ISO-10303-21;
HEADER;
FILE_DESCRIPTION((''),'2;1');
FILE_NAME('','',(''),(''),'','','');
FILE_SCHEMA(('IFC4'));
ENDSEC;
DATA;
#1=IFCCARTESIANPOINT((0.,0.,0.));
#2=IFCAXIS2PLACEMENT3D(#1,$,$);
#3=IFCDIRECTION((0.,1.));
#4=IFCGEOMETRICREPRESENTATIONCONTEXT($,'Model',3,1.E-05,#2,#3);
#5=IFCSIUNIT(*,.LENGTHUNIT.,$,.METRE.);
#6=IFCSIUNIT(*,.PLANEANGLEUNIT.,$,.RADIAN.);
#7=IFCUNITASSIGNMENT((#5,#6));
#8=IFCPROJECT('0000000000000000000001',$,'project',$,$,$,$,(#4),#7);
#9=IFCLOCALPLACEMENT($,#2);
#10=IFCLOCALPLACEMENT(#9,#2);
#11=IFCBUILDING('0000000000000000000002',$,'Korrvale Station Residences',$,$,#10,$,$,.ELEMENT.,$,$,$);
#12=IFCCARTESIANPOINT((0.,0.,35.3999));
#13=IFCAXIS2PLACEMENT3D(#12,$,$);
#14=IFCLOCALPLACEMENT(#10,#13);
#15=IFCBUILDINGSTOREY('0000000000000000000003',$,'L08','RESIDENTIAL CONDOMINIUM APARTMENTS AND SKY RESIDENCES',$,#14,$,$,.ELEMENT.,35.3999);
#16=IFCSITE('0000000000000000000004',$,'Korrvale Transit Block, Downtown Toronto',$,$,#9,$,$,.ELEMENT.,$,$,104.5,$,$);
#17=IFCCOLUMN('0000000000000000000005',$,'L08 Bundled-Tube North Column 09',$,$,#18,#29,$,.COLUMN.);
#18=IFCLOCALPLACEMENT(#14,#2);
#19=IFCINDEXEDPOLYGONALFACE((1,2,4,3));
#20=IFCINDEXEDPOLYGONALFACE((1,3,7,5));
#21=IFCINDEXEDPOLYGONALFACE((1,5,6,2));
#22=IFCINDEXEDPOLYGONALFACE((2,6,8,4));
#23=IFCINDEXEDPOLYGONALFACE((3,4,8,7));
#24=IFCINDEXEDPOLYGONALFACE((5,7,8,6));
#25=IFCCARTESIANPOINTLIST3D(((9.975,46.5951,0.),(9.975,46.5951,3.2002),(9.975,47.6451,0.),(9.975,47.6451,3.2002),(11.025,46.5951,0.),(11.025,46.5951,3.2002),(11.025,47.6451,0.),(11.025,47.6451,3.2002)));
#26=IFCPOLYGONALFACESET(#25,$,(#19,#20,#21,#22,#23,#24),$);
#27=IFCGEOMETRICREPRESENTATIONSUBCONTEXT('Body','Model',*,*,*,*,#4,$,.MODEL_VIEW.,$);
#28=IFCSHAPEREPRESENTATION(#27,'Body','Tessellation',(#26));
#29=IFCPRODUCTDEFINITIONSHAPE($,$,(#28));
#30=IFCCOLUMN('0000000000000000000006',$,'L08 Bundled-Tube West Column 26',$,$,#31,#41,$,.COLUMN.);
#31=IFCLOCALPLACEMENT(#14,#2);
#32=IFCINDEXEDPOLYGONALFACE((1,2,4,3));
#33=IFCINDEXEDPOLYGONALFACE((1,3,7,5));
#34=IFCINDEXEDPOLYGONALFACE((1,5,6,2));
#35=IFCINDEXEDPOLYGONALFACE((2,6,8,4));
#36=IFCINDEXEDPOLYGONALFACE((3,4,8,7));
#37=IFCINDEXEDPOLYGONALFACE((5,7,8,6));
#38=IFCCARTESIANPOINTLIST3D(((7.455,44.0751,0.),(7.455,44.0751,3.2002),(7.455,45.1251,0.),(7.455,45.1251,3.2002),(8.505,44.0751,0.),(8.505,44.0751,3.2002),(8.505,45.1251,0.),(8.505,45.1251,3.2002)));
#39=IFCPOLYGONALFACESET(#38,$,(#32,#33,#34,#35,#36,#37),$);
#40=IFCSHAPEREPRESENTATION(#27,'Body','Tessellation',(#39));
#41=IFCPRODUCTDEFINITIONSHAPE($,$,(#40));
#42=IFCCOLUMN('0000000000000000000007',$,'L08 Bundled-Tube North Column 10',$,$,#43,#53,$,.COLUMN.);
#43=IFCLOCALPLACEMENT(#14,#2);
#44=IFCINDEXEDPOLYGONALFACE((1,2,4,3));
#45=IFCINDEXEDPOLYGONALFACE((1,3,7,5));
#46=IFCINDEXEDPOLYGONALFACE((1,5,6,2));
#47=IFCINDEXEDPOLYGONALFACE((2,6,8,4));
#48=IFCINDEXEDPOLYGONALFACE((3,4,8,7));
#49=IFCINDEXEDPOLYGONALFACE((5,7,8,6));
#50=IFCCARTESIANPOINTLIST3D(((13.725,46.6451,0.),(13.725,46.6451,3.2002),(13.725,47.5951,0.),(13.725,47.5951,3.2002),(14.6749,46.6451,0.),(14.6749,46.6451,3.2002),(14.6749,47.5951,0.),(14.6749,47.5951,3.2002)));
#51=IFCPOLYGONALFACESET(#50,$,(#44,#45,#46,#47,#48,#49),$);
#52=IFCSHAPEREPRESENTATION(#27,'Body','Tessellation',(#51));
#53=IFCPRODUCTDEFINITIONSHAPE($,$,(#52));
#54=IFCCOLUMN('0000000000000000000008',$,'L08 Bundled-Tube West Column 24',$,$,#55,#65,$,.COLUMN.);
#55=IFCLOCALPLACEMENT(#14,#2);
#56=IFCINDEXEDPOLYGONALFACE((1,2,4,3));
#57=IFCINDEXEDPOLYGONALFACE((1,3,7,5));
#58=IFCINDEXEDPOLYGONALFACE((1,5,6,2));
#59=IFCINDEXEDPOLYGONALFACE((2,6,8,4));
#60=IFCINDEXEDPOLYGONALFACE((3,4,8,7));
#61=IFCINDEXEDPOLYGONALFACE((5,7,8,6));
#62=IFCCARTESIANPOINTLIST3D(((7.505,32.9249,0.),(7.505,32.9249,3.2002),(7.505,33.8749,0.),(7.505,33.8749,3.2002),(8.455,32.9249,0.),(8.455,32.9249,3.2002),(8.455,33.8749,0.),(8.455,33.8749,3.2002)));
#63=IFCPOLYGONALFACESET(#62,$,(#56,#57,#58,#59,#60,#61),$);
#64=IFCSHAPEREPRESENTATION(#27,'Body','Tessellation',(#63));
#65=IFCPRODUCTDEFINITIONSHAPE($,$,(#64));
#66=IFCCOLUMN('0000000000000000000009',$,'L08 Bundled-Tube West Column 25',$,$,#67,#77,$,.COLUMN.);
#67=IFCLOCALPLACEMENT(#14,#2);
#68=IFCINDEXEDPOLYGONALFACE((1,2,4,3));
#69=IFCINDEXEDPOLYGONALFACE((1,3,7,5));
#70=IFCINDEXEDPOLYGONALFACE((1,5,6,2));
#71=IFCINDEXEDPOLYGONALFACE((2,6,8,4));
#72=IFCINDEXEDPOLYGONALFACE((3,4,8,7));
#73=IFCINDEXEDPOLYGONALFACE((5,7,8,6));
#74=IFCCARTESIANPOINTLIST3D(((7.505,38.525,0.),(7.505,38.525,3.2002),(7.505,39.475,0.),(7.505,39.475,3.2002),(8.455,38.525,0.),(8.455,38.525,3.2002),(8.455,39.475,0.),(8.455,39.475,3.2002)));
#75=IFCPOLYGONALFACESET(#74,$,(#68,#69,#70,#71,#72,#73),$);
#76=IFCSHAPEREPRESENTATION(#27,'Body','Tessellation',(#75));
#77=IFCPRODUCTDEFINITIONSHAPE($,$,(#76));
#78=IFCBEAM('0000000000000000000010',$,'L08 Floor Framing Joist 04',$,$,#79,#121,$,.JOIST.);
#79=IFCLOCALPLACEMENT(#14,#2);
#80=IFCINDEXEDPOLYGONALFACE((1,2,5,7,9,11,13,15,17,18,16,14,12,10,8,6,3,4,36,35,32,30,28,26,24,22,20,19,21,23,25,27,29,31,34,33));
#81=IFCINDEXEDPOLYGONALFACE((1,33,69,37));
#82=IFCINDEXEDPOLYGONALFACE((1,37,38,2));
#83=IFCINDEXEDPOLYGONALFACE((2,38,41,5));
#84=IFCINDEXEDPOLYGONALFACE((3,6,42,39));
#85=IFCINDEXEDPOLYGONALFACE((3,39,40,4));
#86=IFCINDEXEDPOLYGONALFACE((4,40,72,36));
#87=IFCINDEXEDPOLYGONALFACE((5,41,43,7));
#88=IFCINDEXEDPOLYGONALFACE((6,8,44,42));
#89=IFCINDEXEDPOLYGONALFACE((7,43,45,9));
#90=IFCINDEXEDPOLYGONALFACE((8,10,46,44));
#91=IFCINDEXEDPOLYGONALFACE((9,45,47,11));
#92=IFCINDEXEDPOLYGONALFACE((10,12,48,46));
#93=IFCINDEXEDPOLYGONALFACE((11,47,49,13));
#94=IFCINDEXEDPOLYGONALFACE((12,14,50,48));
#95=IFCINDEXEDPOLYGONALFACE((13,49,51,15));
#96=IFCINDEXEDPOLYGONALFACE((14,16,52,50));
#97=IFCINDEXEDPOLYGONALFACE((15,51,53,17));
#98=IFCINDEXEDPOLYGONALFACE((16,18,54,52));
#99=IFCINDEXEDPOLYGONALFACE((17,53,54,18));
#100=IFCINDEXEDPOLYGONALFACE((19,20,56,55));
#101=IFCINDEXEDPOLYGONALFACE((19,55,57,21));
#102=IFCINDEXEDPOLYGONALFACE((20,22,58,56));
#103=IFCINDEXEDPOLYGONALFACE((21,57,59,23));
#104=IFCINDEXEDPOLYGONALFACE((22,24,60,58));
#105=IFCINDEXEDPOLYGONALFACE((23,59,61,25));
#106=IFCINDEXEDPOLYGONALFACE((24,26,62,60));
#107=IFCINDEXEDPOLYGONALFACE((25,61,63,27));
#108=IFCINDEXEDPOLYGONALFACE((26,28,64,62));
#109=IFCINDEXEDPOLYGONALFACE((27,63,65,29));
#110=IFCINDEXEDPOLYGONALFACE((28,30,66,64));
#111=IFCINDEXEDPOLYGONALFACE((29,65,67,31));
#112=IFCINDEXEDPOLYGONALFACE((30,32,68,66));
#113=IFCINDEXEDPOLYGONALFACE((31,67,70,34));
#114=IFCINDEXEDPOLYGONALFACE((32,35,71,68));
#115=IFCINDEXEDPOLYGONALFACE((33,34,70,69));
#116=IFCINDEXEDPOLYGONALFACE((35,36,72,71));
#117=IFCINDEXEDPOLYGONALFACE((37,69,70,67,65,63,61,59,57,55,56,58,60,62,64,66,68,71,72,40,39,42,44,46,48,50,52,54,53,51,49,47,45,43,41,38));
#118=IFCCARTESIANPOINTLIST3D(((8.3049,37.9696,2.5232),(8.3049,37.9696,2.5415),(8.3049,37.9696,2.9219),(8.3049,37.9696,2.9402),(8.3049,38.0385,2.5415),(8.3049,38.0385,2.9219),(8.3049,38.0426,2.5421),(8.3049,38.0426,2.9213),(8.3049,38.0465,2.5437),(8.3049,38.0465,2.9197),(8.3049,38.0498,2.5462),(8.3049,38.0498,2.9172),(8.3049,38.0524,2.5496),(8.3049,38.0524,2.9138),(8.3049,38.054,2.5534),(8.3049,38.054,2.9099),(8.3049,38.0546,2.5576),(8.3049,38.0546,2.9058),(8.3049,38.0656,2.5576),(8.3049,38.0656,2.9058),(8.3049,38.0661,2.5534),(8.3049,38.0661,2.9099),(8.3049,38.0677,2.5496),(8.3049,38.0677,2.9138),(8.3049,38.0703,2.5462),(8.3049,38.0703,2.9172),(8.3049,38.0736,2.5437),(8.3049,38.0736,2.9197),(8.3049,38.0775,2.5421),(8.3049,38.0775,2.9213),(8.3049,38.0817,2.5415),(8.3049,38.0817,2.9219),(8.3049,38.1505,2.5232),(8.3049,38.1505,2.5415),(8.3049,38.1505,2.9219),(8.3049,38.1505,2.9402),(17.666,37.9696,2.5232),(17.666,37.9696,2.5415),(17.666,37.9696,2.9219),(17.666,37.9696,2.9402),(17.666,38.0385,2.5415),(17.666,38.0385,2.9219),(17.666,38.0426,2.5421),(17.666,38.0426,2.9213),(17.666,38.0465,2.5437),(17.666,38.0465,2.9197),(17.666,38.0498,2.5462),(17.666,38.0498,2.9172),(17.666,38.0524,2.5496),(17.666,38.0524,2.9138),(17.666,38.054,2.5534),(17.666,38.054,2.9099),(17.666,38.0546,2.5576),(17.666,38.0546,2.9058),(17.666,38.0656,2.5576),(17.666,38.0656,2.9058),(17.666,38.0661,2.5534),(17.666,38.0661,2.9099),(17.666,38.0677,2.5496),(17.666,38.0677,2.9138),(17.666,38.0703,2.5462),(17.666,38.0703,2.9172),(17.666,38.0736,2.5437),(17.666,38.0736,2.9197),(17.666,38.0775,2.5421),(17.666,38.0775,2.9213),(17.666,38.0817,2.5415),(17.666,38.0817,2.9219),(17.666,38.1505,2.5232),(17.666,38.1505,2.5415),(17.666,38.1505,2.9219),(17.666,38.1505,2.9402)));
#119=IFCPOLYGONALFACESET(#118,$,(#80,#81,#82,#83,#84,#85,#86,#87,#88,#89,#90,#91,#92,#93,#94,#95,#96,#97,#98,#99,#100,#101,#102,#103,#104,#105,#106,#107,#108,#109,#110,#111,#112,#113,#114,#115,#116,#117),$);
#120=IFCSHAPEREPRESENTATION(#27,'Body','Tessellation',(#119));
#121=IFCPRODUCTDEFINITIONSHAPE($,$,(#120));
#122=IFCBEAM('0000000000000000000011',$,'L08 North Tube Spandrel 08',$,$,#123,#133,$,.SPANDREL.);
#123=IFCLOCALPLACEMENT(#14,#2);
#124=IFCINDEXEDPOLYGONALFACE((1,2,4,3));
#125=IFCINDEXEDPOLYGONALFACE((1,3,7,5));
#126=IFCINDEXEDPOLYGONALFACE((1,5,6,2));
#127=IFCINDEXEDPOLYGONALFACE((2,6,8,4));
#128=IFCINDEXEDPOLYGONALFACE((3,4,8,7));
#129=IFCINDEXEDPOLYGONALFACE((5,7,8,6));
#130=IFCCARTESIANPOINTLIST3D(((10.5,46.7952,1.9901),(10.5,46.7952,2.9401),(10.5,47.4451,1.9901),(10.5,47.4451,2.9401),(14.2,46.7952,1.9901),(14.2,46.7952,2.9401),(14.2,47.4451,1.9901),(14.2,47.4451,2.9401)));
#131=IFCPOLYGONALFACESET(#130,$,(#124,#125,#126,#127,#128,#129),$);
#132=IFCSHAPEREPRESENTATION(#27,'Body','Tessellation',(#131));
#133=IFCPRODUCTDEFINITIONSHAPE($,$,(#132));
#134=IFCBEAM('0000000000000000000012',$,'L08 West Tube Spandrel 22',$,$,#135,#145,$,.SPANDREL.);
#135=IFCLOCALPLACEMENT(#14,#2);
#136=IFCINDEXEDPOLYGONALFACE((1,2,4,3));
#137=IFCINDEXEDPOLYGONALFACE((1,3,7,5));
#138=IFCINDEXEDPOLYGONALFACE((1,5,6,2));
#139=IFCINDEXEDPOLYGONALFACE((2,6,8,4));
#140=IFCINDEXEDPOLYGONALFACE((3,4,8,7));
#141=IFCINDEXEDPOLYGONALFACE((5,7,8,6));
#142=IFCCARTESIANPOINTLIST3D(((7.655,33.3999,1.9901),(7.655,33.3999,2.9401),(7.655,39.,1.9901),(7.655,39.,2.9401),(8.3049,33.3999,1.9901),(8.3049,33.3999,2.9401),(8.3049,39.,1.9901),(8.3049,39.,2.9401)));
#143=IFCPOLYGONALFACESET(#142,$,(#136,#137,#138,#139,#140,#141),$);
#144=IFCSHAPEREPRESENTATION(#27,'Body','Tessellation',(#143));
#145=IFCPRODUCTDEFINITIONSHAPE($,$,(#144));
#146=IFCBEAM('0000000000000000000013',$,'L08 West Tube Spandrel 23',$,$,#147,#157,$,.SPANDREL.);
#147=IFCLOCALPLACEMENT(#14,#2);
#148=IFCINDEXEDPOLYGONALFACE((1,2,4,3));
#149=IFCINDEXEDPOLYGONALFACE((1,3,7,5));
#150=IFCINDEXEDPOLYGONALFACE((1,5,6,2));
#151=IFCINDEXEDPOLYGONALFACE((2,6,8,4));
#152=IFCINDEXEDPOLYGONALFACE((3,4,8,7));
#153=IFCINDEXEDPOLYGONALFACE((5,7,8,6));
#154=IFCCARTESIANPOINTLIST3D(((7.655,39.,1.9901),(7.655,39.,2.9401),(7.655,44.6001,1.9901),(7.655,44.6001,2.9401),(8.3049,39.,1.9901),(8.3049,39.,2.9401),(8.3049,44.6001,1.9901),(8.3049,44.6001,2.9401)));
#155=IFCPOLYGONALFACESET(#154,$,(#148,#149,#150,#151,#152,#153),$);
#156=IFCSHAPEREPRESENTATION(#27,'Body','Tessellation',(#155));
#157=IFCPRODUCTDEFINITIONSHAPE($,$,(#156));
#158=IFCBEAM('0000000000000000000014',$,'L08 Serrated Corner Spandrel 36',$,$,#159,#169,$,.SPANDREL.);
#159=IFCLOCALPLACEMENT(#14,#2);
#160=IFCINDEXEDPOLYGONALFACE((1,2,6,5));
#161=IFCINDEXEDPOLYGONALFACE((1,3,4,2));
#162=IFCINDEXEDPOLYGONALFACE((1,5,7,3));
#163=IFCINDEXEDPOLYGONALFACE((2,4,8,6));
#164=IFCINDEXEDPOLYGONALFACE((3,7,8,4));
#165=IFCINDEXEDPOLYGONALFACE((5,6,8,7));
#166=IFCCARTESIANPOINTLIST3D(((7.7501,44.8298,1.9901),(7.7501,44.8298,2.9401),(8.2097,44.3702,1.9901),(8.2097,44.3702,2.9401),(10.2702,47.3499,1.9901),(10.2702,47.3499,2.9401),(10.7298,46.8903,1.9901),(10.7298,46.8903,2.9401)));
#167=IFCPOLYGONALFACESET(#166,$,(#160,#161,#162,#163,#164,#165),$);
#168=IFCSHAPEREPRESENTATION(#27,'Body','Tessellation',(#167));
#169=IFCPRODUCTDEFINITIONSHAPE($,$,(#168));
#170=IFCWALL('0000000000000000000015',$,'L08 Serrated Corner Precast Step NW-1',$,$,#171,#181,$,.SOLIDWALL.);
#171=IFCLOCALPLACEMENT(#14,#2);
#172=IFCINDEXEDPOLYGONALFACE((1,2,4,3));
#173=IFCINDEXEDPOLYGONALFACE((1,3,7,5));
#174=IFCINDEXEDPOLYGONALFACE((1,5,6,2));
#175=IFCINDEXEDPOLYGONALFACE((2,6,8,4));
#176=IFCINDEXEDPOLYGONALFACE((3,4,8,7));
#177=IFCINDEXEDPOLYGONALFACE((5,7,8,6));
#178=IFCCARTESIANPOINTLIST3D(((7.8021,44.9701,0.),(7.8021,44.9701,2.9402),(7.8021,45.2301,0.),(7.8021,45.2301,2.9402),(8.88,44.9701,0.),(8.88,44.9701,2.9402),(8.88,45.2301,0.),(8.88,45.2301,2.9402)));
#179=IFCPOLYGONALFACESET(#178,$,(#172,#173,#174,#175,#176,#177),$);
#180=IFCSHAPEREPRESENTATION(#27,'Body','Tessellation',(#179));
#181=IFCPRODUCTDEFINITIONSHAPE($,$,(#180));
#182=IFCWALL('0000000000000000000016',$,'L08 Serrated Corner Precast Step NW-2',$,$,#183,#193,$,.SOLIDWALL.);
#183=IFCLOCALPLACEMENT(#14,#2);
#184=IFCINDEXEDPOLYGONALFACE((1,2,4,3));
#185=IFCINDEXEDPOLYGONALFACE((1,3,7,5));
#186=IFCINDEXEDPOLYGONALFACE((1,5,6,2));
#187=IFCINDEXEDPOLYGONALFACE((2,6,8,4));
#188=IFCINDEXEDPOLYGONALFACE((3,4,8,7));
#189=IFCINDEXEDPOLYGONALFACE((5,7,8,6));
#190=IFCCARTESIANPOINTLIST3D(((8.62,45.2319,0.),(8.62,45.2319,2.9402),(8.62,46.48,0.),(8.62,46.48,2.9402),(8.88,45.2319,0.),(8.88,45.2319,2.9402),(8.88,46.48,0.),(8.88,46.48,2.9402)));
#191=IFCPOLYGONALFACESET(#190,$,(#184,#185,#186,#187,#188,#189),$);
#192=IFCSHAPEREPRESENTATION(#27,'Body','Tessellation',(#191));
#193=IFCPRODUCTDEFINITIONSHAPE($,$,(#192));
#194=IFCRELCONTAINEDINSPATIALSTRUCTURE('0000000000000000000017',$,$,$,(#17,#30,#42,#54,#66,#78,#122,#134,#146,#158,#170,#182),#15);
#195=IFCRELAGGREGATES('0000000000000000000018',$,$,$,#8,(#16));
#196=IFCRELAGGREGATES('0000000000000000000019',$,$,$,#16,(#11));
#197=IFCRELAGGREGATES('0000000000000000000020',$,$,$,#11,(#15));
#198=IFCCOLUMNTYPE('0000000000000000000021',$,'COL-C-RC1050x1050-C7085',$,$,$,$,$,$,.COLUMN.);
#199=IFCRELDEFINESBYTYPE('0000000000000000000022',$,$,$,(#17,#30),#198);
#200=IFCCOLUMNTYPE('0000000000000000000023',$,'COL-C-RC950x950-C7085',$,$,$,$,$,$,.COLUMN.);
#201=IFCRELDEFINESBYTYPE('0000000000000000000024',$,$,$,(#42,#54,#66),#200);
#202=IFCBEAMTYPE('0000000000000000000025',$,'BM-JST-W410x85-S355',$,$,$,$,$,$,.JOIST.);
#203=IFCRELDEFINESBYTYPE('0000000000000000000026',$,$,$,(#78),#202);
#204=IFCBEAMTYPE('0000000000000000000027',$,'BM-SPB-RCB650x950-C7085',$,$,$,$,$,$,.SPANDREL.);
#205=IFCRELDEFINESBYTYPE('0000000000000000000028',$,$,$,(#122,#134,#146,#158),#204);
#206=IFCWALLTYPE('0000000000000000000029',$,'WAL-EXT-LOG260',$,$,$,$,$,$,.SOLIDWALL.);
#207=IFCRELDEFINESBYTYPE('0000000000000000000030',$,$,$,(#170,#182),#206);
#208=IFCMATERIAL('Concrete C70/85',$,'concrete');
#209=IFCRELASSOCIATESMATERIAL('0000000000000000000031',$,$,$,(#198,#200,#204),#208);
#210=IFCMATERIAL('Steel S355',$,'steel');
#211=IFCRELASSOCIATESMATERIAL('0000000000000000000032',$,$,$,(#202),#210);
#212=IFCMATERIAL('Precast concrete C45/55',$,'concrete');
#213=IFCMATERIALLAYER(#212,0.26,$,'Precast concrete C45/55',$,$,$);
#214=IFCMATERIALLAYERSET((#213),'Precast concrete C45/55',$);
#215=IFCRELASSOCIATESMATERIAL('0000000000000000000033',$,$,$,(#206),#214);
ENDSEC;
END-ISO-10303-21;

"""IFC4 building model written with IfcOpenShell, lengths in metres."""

from ifc_helpers import new_model, si_unit, direction, frame, frame_2d, origin, origin_2d, place, context, subcontext, project, spatial, rectangle, i_section, extrude, material, layer, layer_set, material_profile, profile_set, type_object, element, save


model = new_model("IFC4")

# Units and contexts
model_context = context("Model", 3, precision=1e-05, world=origin(), true_north=direction((0.0, 1.0)))
body_context = subcontext(model_context, "Body", "Model", "MODEL_VIEW")
ifc_project = project(units=[si_unit("LENGTHUNIT", "METRE"), si_unit("PLANEANGLEUNIT", "RADIAN")], contexts=[model_context])

# Site, building, storey
site_placement = place(None, origin())
site = spatial("IfcSite", under=ifc_project, at=site_placement, Name="Korrvale Transit Block, Downtown Toronto", CompositionType="ELEMENT", RefElevation=104.5)
building_placement = place(site_placement, origin())
building = spatial("IfcBuilding", under=site, at=building_placement, Name="Korrvale Station Residences", CompositionType="ELEMENT")
storey_placement = place(building_placement, frame((0.0, 0.0, 35.3999)))
storey = spatial("IfcBuildingStorey", under=building, at=storey_placement, Name="L08", Description="RESIDENTIAL CONDOMINIUM APARTMENTS AND SKY RESIDENCES", CompositionType="ELEMENT", Elevation=35.3999)

# Columns
ifc_material_1 = material(Name="Concrete C70/85", Category="concrete")
ifc_material_profile_1 = material_profile(ifc_material_1, rectangle(XDim=1.05, YDim=1.05, at=origin_2d()), Name="RC1050x1050")
ifc_profile_set_1 = profile_set([ifc_material_profile_1], Name="Concrete C70/85")
column_type_1 = type_object("IfcColumnType", Name="COL-C-RC1050x1050-C7085", PredefinedType="COLUMN", material=ifc_profile_set_1)
for number, where, z_axis, x_axis, name in (
    (1, (10.5, 47.1201, 0.0), (0.0, 0.0, 1.0), (1.0, 0.0, 0.0), "L08 Bundled-Tube North Column 09"),
    (2, (7.98, 44.6001, 0.0), (0.0, 0.0, 1.0), (1.0, 0.0, 0.0), "L08 Bundled-Tube West Column 26"),
):
    element("IfcColumn", number, at=place(storey_placement, frame(where, z_axis=z_axis, x_axis=x_axis)), inside=storey, type_object=column_type_1, Name=name, PredefinedType="COLUMN", context=body_context, shape_type="SweptSolid", body=[
        extrude(rectangle(XDim=1.05, YDim=1.05, at=origin_2d()), origin(), (0.0, 0.0, 1.0), 3.2002),
    ])
ifc_material_profile_2 = material_profile(ifc_material_1, rectangle(XDim=0.95, YDim=0.95, at=origin_2d()), Name="RC950x950")
ifc_profile_set_2 = profile_set([ifc_material_profile_2], Name="Concrete C70/85")
column_type_2 = type_object("IfcColumnType", Name="COL-C-RC950x950-C7085", PredefinedType="COLUMN", material=ifc_profile_set_2)
for number, where, z_axis, x_axis, name in (
    (3, (14.2, 47.1201, 0.0), (0.0, 0.0, 1.0), (1.0, 0.0, 0.0), "L08 Bundled-Tube North Column 10"),
    (4, (7.98, 33.3999, 0.0), (0.0, 0.0, 1.0), (1.0, 0.0, 0.0), "L08 Bundled-Tube West Column 24"),
    (5, (7.98, 39.0, 0.0), (0.0, 0.0, 1.0), (1.0, 0.0, 0.0), "L08 Bundled-Tube West Column 25"),
):
    element("IfcColumn", number, at=place(storey_placement, frame(where, z_axis=z_axis, x_axis=x_axis)), inside=storey, type_object=column_type_2, Name=name, PredefinedType="COLUMN", context=body_context, shape_type="SweptSolid", body=[
        extrude(rectangle(XDim=0.95, YDim=0.95, at=origin_2d()), origin(), (0.0, 0.0, 1.0), 3.2002),
    ])

# Beams
ifc_material_2 = material(Name="Steel S355", Category="steel")
ifc_material_profile_3 = material_profile(ifc_material_2, i_section(OverallWidth=0.1809, OverallDepth=0.417, WebThickness=0.011, FlangeThickness=0.0183, FilletRadius=0.0161, at=origin_2d()), Name="W410x85")
ifc_profile_set_3 = profile_set([ifc_material_profile_3], Name="Steel S355")
beam_type_1 = type_object("IfcBeamType", Name="BM-JST-W410x85-S355", PredefinedType="JOIST", material=ifc_profile_set_3)
beam_1_placement = place(storey_placement, frame((8.3049, 38.0601, 2.7317), z_axis=(1.0, 0.0, 0.0), x_axis=(0.0, 1.0, 0.0)))
element("IfcBeam", 6, at=beam_1_placement, inside=storey, type_object=beam_type_1, Name="L08 Floor Framing Joist 04", PredefinedType="JOIST", context=body_context, shape_type="SweptSolid", body=[
    extrude(i_section(OverallWidth=0.1809, OverallDepth=0.417, WebThickness=0.011, FlangeThickness=0.0183, FilletRadius=0.0161, at=origin_2d()), origin(), (0.0, 0.0, 1.0), 9.3611),
])
ifc_material_profile_4 = material_profile(ifc_material_1, rectangle(XDim=0.6499, YDim=0.95, at=origin_2d()), Name="RCB650x950")
ifc_profile_set_4 = profile_set([ifc_material_profile_4], Name="Concrete C70/85")
beam_type_2 = type_object("IfcBeamType", Name="BM-SPB-RCB650x950-C7085", PredefinedType="SPANDREL", material=ifc_profile_set_4)
beam_2_placement = place(storey_placement, frame((10.5, 47.1201, 2.4651), z_axis=(1.0, 0.0, 0.0), x_axis=(0.0, 1.0, 0.0)))
element("IfcBeam", 7, at=beam_2_placement, inside=storey, type_object=beam_type_2, Name="L08 North Tube Spandrel 08", PredefinedType="SPANDREL", context=body_context, shape_type="SweptSolid", body=[
    extrude(rectangle(XDim=0.6499, YDim=0.95, at=origin_2d()), origin(), (0.0, 0.0, 1.0), 3.7),
])
for number, where, z_axis, x_axis, name in (
    (8, (7.98, 33.3999, 2.4651), (0.0, 1.0, 0.0), (-1.0, 0.0, 0.0), "L08 West Tube Spandrel 22"),
    (9, (7.98, 39.0, 2.4651), (0.0, 1.0, 0.0), (-1.0, 0.0, 0.0), "L08 West Tube Spandrel 23"),
):
    element("IfcBeam", number, at=place(storey_placement, frame(where, z_axis=z_axis, x_axis=x_axis)), inside=storey, type_object=beam_type_2, Name=name, PredefinedType="SPANDREL", context=body_context, shape_type="SweptSolid", body=[
        extrude(rectangle(XDim=0.6499, YDim=0.95, at=origin_2d()), origin(), (0.0, 0.0, 1.0), 5.6001),
    ])
beam_3_placement = place(storey_placement, frame((10.5, 47.1201, 2.4651), z_axis=(-0.707107, -0.707107, 0.0), x_axis=(0.707107, -0.707107, 0.0)))
element("IfcBeam", 10, at=beam_3_placement, inside=storey, type_object=beam_type_2, Name="L08 Serrated Corner Spandrel 36", PredefinedType="SPANDREL", context=body_context, shape_type="SweptSolid", body=[
    extrude(rectangle(XDim=0.6499, YDim=0.95, at=origin_2d()), origin(), (0.0, 0.0, 1.0), 3.564),
])

# Walls
ifc_material_3 = material(Name="Precast concrete C45/55", Category="concrete")
ifc_layer_1 = layer(ifc_material_3, 0.26, Name="Precast concrete C45/55")
ifc_layer_set_1 = layer_set([ifc_layer_1], Name="Precast concrete C45/55")
wall_type_1 = type_object("IfcWallType", Name="WAL-EXT-LOG260", PredefinedType="SOLIDWALL", material=ifc_layer_set_1)
wall_1_placement = place(storey_placement, frame((7.802, 45.1001, 0.0), z_axis=(0.0, 0.0, 1.0), x_axis=(1.0, 0.0, 0.0)))
element("IfcWall", 11, at=wall_1_placement, inside=storey, type_object=wall_type_1, Name="L08 Serrated Corner Precast Step NW-1", PredefinedType="SOLIDWALL", context=body_context, shape_type="SweptSolid", body=[
    extrude(rectangle(XDim=1.0779, YDim=0.26, at=frame_2d((0.5391, 0.0))), origin(), (0.0, 0.0, 1.0), 2.9402),
])
wall_2_placement = place(storey_placement, frame((8.75, 45.2319, 0.0), z_axis=(0.0, 0.0, 1.0), x_axis=(0.0, 1.0, 0.0)))
element("IfcWall", 12, at=wall_2_placement, inside=storey, type_object=wall_type_1, Name="L08 Serrated Corner Precast Step NW-2", PredefinedType="SOLIDWALL", context=body_context, shape_type="SweptSolid", body=[
    extrude(rectangle(XDim=1.248, YDim=0.26, at=frame_2d((0.624, 0.0))), origin(), (0.0, 0.0, 1.0), 2.9402),
])

save(model, "model.ifc")
